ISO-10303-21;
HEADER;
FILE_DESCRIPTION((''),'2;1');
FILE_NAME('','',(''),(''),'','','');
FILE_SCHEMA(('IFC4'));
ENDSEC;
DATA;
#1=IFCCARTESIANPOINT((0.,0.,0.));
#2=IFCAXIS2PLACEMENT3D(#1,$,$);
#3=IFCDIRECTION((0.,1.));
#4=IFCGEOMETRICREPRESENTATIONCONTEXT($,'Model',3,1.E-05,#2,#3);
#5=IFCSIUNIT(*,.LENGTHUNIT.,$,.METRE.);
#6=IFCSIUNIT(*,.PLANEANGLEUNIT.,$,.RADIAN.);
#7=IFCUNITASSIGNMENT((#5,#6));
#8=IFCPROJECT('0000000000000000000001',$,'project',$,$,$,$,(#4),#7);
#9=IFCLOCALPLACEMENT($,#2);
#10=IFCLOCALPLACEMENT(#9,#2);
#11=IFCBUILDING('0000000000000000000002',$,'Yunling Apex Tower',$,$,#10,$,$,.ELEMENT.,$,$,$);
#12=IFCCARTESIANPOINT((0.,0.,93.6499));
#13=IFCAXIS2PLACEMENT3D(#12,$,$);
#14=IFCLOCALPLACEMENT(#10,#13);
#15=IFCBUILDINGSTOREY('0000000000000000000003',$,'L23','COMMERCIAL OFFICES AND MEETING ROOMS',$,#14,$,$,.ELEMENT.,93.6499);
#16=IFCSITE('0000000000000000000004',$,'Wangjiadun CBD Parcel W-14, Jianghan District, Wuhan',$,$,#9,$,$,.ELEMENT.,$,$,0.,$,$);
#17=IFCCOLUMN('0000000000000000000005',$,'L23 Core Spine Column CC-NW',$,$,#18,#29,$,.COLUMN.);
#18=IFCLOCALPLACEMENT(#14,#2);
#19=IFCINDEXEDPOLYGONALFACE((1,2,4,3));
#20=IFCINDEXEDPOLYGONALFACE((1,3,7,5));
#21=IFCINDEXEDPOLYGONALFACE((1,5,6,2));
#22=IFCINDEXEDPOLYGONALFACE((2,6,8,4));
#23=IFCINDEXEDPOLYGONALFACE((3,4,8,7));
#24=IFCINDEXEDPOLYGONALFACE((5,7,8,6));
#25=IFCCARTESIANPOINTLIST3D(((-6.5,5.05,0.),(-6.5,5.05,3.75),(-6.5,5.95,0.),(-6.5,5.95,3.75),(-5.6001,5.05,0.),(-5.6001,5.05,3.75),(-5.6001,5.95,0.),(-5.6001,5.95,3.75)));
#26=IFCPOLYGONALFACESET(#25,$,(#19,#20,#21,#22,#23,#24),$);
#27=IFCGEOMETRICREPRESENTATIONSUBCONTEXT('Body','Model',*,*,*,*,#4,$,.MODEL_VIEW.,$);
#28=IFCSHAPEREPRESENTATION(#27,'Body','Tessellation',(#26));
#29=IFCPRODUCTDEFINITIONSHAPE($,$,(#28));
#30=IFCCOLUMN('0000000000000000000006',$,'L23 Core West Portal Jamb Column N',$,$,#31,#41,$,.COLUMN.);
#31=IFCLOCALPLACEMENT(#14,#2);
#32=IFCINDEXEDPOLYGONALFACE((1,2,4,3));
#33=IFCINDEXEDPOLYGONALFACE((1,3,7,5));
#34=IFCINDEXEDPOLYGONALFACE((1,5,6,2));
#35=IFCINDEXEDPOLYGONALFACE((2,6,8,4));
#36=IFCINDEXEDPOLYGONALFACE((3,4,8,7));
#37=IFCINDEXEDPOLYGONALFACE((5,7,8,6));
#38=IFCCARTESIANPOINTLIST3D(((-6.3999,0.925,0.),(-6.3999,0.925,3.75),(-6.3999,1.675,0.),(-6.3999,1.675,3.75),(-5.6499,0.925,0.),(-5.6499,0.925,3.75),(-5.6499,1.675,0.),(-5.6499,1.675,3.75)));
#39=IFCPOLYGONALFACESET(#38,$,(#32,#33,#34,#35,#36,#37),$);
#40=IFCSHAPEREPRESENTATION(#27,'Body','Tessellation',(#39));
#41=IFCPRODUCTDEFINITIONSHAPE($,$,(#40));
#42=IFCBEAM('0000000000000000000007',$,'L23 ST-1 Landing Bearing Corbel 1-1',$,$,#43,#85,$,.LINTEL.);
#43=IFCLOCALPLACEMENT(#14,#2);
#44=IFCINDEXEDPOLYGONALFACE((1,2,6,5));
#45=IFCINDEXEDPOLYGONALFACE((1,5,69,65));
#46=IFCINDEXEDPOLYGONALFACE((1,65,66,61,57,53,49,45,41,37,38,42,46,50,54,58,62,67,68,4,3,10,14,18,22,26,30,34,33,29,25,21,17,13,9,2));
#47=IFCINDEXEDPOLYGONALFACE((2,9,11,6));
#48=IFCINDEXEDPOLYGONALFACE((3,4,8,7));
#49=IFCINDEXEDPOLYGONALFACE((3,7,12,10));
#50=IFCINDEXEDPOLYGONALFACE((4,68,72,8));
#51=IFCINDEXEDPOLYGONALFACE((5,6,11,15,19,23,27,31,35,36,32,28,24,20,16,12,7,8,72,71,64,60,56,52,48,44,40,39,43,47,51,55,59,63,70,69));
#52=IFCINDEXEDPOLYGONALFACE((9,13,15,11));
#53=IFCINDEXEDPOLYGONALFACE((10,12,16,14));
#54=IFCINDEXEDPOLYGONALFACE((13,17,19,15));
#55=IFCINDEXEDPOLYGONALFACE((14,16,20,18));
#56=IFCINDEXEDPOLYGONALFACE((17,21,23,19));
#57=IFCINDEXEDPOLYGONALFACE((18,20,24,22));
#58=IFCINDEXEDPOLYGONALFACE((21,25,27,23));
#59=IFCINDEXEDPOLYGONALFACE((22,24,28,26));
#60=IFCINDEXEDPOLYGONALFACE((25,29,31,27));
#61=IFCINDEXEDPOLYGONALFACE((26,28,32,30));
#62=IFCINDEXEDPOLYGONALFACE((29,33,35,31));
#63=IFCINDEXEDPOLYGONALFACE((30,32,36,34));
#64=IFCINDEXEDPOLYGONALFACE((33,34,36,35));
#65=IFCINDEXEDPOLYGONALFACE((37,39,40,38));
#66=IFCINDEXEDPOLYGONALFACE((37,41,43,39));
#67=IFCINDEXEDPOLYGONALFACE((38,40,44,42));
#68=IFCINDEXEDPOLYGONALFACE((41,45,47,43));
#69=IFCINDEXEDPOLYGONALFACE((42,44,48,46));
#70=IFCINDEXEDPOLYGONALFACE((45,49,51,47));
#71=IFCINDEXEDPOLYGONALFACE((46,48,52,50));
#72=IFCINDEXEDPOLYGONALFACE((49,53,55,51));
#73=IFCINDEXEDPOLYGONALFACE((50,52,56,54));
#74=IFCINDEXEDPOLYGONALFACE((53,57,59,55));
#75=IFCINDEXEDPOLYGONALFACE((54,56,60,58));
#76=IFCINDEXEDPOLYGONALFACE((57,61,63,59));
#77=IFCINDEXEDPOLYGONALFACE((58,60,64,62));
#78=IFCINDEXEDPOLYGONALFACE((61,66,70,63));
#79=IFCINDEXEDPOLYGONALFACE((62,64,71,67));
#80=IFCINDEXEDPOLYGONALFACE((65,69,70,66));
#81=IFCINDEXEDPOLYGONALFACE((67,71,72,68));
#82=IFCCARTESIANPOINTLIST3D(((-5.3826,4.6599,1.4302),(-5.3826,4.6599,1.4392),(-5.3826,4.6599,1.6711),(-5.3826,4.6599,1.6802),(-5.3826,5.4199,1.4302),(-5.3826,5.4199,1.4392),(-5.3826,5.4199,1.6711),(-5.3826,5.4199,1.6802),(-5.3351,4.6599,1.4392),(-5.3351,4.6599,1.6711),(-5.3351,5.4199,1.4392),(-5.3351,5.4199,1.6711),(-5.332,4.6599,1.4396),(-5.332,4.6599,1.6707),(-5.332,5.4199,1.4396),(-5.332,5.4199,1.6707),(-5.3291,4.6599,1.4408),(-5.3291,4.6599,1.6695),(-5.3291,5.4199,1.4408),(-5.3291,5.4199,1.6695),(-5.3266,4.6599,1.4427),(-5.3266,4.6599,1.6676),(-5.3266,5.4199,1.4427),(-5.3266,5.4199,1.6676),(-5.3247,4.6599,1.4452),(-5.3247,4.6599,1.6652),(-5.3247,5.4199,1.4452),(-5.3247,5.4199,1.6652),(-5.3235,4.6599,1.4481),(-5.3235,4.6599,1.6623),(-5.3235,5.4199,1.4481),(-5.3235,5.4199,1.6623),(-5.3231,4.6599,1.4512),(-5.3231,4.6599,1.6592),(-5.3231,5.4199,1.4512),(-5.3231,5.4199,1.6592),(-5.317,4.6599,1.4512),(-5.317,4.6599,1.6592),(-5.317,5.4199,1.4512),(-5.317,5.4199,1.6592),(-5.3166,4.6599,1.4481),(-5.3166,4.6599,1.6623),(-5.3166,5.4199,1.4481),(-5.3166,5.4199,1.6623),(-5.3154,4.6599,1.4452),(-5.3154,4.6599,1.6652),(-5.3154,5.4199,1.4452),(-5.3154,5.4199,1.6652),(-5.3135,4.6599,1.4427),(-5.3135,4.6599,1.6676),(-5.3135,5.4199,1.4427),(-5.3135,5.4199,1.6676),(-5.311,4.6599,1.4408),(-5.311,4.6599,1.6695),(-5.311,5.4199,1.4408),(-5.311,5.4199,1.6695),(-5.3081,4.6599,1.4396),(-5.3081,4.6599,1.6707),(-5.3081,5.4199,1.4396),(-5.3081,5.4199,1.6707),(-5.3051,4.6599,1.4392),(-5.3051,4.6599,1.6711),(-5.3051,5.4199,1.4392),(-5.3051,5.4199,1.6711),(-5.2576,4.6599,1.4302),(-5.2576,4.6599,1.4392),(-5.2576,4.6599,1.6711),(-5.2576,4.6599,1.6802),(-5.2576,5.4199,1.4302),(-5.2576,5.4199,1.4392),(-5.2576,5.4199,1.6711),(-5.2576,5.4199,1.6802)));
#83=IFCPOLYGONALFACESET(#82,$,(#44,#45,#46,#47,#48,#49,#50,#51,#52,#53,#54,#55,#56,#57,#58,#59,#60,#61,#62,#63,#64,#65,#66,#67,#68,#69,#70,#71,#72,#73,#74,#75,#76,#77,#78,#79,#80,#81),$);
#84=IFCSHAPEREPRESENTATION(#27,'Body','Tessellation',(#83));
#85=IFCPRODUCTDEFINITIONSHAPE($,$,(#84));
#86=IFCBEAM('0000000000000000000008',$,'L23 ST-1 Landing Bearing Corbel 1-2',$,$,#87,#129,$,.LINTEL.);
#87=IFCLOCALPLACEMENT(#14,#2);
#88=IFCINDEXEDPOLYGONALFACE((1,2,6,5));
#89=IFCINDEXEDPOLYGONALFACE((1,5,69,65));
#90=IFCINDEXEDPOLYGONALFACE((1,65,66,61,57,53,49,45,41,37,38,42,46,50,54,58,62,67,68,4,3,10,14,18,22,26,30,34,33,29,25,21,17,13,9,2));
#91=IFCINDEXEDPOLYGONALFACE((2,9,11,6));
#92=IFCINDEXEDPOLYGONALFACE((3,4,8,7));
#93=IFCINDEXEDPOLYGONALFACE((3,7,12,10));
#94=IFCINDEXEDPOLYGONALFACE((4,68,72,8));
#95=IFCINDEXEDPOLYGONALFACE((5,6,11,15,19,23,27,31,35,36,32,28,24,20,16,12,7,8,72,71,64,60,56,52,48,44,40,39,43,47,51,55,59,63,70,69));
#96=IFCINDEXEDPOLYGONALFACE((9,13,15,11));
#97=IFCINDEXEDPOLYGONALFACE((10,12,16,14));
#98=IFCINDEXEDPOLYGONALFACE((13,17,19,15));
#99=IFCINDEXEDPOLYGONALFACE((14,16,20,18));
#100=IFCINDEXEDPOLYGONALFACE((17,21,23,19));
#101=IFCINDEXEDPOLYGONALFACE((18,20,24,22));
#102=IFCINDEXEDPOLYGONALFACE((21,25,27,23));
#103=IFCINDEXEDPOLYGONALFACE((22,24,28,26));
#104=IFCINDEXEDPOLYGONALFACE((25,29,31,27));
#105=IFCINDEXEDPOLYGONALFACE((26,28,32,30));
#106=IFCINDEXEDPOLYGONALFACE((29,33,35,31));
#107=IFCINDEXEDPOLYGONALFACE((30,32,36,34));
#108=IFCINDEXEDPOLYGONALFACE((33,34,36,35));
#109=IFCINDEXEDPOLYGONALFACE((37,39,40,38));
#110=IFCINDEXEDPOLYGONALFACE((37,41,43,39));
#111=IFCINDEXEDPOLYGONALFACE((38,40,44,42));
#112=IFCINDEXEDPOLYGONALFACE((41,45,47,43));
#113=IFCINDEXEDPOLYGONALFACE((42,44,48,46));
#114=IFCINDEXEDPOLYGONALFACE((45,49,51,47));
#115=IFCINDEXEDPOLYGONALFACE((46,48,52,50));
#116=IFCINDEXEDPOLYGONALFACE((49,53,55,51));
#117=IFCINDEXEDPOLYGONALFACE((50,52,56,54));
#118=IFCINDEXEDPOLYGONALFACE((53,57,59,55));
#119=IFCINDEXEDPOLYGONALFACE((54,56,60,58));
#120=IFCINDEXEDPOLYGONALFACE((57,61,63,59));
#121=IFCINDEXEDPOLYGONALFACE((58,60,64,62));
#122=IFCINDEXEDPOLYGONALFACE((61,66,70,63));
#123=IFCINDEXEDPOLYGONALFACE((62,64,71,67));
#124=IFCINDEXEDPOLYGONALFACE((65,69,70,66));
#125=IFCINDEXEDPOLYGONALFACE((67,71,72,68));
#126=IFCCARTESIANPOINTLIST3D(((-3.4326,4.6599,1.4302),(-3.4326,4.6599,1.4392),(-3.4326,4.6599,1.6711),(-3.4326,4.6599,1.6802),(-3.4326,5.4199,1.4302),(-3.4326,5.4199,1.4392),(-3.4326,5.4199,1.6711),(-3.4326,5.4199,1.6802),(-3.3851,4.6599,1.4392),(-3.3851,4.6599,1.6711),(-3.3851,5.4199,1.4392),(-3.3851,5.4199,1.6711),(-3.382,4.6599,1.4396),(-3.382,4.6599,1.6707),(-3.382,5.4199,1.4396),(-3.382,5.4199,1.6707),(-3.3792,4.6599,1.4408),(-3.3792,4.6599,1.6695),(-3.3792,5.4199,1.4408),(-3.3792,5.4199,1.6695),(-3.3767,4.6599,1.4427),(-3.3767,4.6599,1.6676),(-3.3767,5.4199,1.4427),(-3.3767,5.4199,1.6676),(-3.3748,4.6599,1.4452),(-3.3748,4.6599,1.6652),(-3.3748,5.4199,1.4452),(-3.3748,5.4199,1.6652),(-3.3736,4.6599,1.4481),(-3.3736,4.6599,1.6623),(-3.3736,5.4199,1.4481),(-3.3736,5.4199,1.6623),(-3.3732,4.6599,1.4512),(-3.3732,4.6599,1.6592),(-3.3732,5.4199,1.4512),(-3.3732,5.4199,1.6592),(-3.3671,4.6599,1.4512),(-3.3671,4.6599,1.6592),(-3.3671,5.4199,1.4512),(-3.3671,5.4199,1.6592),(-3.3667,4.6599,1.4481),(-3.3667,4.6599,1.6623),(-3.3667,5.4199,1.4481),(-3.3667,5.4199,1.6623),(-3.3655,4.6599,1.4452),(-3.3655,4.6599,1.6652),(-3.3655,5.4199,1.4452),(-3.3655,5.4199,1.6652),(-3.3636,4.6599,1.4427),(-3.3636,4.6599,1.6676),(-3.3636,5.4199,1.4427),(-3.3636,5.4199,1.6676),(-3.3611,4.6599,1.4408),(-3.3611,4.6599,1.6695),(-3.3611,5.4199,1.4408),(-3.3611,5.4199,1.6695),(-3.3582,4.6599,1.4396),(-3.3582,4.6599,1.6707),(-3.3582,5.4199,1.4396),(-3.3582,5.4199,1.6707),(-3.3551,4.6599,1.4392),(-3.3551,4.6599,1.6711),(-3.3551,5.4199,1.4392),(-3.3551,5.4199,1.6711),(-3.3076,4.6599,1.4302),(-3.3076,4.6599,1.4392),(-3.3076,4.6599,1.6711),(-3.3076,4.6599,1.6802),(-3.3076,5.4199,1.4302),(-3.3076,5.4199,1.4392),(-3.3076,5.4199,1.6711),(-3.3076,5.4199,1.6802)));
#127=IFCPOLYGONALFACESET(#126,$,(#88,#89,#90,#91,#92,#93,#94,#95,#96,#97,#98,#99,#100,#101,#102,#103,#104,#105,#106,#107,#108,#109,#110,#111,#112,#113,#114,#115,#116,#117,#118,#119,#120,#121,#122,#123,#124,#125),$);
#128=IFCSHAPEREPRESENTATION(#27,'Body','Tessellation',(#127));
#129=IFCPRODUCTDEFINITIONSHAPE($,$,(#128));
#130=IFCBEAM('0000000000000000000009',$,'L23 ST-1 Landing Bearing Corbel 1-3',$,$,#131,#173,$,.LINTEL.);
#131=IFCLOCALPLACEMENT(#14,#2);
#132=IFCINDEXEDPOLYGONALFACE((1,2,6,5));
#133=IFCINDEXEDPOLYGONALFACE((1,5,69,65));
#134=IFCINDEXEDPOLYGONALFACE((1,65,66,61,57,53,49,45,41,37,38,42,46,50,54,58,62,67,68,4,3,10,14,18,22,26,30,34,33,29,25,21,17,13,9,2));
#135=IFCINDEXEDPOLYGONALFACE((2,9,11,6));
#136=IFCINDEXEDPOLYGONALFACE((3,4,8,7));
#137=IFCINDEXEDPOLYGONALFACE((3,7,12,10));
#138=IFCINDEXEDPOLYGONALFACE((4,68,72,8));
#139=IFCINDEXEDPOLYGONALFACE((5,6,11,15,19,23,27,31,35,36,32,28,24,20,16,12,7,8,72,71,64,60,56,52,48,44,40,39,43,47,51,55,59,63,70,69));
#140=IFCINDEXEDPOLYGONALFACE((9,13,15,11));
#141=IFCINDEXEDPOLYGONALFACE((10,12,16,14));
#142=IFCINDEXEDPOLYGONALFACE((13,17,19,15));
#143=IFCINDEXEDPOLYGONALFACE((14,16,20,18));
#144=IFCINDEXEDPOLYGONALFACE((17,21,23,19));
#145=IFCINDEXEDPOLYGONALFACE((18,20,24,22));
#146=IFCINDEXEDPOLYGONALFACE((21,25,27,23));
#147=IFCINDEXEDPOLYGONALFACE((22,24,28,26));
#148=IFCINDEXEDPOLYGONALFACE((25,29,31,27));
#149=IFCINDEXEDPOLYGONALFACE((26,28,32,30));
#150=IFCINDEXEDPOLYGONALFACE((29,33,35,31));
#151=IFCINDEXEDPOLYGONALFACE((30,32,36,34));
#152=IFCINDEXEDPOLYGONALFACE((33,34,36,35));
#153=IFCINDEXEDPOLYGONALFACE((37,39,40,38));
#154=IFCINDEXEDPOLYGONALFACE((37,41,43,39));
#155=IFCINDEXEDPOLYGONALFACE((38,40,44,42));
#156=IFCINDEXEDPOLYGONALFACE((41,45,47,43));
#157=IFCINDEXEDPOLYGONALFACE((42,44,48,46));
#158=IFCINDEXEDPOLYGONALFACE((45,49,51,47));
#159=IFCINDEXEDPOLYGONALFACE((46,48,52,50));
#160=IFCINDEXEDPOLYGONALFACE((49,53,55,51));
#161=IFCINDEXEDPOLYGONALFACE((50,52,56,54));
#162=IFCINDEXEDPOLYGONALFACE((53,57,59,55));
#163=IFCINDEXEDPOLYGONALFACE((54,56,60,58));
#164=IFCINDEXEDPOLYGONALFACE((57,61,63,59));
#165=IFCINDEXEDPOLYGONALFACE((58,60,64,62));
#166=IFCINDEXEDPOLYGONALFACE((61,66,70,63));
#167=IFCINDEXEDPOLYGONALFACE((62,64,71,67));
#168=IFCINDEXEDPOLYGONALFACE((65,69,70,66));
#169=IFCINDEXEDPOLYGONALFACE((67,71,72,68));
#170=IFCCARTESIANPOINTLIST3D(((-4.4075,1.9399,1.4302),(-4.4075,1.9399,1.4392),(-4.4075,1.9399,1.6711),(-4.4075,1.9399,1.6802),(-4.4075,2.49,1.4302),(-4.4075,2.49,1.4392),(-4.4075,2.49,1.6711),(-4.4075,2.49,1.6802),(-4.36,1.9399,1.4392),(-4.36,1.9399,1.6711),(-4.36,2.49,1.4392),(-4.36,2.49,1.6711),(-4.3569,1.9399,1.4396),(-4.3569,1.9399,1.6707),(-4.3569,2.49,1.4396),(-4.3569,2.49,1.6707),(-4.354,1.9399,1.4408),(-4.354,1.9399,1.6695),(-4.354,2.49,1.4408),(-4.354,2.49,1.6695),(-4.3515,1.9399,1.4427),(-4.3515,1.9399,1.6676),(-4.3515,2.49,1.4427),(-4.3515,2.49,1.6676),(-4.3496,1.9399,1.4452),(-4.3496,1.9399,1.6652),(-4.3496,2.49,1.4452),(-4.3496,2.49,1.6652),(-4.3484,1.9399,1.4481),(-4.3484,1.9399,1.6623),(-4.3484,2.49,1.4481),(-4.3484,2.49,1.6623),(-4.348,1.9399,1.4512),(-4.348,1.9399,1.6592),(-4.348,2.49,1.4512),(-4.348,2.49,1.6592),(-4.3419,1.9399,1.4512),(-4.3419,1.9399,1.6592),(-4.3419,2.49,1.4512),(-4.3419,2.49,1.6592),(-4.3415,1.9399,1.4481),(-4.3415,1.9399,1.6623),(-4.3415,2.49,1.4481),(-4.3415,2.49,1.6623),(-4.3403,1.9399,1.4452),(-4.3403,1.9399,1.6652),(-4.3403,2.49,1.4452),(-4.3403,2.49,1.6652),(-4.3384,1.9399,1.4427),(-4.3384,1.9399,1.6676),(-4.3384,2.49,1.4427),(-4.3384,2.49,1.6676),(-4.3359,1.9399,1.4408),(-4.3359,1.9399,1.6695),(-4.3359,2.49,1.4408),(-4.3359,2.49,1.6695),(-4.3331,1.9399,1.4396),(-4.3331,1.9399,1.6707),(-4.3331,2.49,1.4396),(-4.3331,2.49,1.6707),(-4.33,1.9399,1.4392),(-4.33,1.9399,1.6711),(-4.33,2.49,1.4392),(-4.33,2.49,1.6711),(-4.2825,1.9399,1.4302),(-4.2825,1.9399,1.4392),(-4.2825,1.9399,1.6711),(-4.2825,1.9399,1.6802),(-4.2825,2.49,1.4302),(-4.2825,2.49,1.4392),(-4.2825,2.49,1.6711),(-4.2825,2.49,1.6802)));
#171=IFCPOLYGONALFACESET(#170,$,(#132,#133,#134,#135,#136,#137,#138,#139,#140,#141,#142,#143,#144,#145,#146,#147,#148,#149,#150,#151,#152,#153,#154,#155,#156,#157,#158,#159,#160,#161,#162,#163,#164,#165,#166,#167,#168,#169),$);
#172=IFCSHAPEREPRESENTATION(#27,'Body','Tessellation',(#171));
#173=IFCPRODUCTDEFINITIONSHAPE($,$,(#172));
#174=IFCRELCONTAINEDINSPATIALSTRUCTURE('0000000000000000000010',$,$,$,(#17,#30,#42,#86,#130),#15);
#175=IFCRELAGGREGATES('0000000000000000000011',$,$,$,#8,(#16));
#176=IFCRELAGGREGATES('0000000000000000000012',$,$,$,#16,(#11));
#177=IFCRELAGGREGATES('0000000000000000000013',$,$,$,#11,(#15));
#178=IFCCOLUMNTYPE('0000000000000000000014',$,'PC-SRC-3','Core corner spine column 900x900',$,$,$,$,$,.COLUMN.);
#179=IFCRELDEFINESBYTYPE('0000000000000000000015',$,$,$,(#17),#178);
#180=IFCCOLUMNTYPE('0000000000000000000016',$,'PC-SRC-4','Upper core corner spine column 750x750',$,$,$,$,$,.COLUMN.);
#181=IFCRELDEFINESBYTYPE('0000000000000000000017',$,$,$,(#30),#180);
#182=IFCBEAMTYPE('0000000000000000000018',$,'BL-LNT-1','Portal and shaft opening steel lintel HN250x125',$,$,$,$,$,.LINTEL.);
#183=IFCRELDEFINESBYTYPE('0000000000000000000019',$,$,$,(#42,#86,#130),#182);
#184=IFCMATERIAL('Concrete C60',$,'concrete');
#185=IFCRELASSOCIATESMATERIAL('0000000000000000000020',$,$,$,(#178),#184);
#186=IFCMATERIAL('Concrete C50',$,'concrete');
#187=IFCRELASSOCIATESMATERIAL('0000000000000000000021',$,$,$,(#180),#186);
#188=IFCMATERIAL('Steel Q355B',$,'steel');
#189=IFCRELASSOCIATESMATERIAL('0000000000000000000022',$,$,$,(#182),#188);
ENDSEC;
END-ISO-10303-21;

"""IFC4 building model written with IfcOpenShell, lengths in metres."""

from ifc_helpers import new_model, si_unit, direction, frame, origin, origin_2d, place, context, subcontext, project, spatial, rectangle, i_section, extrude, source, transform, mapped, material, material_profile, profile_set, type_object, element, save


model = new_model("IFC4")

# Units and contexts
model_context = context("Model", 3, precision=1e-05, world=origin(), true_north=direction((0.0, 1.0)))
body_context = subcontext(model_context, "Body", "Model", "MODEL_VIEW")
ifc_project = project(units=[si_unit("LENGTHUNIT", "METRE"), si_unit("PLANEANGLEUNIT", "RADIAN")], contexts=[model_context])

# Site, building, storey
site_placement = place(None, origin())
site = spatial("IfcSite", under=ifc_project, at=site_placement, Name="Wangjiadun CBD Parcel W-14, Jianghan District, Wuhan", CompositionType="ELEMENT", RefElevation=0.0)
building_placement = place(site_placement, origin())
building = spatial("IfcBuilding", under=site, at=building_placement, Name="Yunling Apex Tower", CompositionType="ELEMENT")
storey_placement = place(building_placement, frame((0.0, 0.0, 93.6499)))
storey = spatial("IfcBuildingStorey", under=building, at=storey_placement, Name="L23", Description="COMMERCIAL OFFICES AND MEETING ROOMS", CompositionType="ELEMENT", Elevation=93.6499)

# Columns
ifc_material_1 = material(Name="Concrete C60", Category="concrete")
ifc_material_profile_1 = material_profile(ifc_material_1, rectangle(XDim=0.8999, YDim=0.8999, at=origin_2d()))
ifc_profile_set_1 = profile_set([ifc_material_profile_1], Name="Concrete C60")
column_type_1 = type_object("IfcColumnType", Name="PC-SRC-3", Description="Core corner spine column 900x900", PredefinedType="COLUMN", material=ifc_profile_set_1)
shared_shape_1 = source(origin(), body_context, "Body", "SweptSolid", [
    extrude(rectangle(XDim=0.8999, YDim=0.8999, at=origin_2d()), origin(), (0.0, 0.0, 1.0), 3.75),
])
column_1_placement = place(storey_placement, frame((-6.05, 5.5, 0.0), z_axis=(0.0, 0.0, 1.0), x_axis=(1.0, 0.0, 0.0)))
element("IfcColumn", 1, at=column_1_placement, inside=storey, type_object=column_type_1, Name="L23 Core Spine Column CC-NW", PredefinedType="COLUMN", context=body_context, shape_type="MappedRepresentation", body=[
    mapped(shared_shape_1, transform((0.0, 0.0, 0.0), scale=1.0)),
])
ifc_material_2 = material(Name="Concrete C50", Category="concrete")
ifc_material_profile_2 = material_profile(ifc_material_2, rectangle(XDim=0.75, YDim=0.75, at=origin_2d()))
ifc_profile_set_2 = profile_set([ifc_material_profile_2], Name="Concrete C50")
column_type_2 = type_object("IfcColumnType", Name="PC-SRC-4", Description="Upper core corner spine column 750x750", PredefinedType="COLUMN", material=ifc_profile_set_2)
shared_shape_2 = source(origin(), body_context, "Body", "SweptSolid", [
    extrude(rectangle(XDim=0.75, YDim=0.75, at=origin_2d()), origin(), (0.0, 0.0, 1.0), 3.75),
])
column_2_placement = place(storey_placement, frame((-6.0249, 1.3, 0.0), z_axis=(0.0, 0.0, 1.0), x_axis=(1.0, 0.0, 0.0)))
element("IfcColumn", 2, at=column_2_placement, inside=storey, type_object=column_type_2, Name="L23 Core West Portal Jamb Column N", PredefinedType="COLUMN", context=body_context, shape_type="MappedRepresentation", body=[
    mapped(shared_shape_2, transform((0.0, 0.0, 0.0), scale=1.0)),
])

# Beams
ifc_material_3 = material(Name="Steel Q355B", Category="steel")
ifc_material_profile_3 = material_profile(ifc_material_3, i_section(OverallWidth=0.125, OverallDepth=0.25, WebThickness=0.0061, FlangeThickness=0.009, FilletRadius=0.012, at=origin_2d()))
ifc_profile_set_3 = profile_set([ifc_material_profile_3], Name="Steel Q355B")
beam_type_1 = type_object("IfcBeamType", Name="BL-LNT-1", Description="Portal and shaft opening steel lintel HN250x125", PredefinedType="LINTEL", material=ifc_profile_set_3)
shared_shape_3 = source(origin(), body_context, "Body", "SweptSolid", [
    extrude(i_section(OverallWidth=0.125, OverallDepth=0.25, WebThickness=0.0061, FlangeThickness=0.009, FilletRadius=0.012, at=origin_2d()), origin(), (0.0, 0.0, 1.0), 0.76),
])
for number, where, z_axis, x_axis, name in (
    (3, (-5.3201, 5.4199, 1.5552), (0.0, -1.0, 0.0), (1.0, 0.0, 0.0), "L23 ST-1 Landing Bearing Corbel 1-1"),
    (4, (-3.3701, 5.4199, 1.5552), (0.0, -1.0, 0.0), (1.0, 0.0, 0.0), "L23 ST-1 Landing Bearing Corbel 1-2"),
):
    element("IfcBeam", number, at=place(storey_placement, frame(where, z_axis=z_axis, x_axis=x_axis)), inside=storey, type_object=beam_type_1, Name=name, PredefinedType="LINTEL", context=body_context, shape_type="MappedRepresentation", body=[
        mapped(shared_shape_3, transform((0.0, 0.0, 0.0), scale=1.0)),
    ])
shared_shape_4 = source(origin(), body_context, "Body", "SweptSolid", [
    extrude(i_section(OverallWidth=0.125, OverallDepth=0.25, WebThickness=0.0061, FlangeThickness=0.009, FilletRadius=0.012, at=origin_2d()), origin(), (0.0, 0.0, 1.0), 0.55),
])
beam_1_placement = place(storey_placement, frame((-4.345, 1.9399, 1.5552), z_axis=(0.0, 1.0, 0.0), x_axis=(-1.0, 0.0, 0.0)))
element("IfcBeam", 5, at=beam_1_placement, inside=storey, type_object=beam_type_1, Name="L23 ST-1 Landing Bearing Corbel 1-3", PredefinedType="LINTEL", context=body_context, shape_type="MappedRepresentation", body=[
    mapped(shared_shape_4, transform((0.0, 0.0, 0.0), scale=1.0)),
])

save(model, "model.ifc")
